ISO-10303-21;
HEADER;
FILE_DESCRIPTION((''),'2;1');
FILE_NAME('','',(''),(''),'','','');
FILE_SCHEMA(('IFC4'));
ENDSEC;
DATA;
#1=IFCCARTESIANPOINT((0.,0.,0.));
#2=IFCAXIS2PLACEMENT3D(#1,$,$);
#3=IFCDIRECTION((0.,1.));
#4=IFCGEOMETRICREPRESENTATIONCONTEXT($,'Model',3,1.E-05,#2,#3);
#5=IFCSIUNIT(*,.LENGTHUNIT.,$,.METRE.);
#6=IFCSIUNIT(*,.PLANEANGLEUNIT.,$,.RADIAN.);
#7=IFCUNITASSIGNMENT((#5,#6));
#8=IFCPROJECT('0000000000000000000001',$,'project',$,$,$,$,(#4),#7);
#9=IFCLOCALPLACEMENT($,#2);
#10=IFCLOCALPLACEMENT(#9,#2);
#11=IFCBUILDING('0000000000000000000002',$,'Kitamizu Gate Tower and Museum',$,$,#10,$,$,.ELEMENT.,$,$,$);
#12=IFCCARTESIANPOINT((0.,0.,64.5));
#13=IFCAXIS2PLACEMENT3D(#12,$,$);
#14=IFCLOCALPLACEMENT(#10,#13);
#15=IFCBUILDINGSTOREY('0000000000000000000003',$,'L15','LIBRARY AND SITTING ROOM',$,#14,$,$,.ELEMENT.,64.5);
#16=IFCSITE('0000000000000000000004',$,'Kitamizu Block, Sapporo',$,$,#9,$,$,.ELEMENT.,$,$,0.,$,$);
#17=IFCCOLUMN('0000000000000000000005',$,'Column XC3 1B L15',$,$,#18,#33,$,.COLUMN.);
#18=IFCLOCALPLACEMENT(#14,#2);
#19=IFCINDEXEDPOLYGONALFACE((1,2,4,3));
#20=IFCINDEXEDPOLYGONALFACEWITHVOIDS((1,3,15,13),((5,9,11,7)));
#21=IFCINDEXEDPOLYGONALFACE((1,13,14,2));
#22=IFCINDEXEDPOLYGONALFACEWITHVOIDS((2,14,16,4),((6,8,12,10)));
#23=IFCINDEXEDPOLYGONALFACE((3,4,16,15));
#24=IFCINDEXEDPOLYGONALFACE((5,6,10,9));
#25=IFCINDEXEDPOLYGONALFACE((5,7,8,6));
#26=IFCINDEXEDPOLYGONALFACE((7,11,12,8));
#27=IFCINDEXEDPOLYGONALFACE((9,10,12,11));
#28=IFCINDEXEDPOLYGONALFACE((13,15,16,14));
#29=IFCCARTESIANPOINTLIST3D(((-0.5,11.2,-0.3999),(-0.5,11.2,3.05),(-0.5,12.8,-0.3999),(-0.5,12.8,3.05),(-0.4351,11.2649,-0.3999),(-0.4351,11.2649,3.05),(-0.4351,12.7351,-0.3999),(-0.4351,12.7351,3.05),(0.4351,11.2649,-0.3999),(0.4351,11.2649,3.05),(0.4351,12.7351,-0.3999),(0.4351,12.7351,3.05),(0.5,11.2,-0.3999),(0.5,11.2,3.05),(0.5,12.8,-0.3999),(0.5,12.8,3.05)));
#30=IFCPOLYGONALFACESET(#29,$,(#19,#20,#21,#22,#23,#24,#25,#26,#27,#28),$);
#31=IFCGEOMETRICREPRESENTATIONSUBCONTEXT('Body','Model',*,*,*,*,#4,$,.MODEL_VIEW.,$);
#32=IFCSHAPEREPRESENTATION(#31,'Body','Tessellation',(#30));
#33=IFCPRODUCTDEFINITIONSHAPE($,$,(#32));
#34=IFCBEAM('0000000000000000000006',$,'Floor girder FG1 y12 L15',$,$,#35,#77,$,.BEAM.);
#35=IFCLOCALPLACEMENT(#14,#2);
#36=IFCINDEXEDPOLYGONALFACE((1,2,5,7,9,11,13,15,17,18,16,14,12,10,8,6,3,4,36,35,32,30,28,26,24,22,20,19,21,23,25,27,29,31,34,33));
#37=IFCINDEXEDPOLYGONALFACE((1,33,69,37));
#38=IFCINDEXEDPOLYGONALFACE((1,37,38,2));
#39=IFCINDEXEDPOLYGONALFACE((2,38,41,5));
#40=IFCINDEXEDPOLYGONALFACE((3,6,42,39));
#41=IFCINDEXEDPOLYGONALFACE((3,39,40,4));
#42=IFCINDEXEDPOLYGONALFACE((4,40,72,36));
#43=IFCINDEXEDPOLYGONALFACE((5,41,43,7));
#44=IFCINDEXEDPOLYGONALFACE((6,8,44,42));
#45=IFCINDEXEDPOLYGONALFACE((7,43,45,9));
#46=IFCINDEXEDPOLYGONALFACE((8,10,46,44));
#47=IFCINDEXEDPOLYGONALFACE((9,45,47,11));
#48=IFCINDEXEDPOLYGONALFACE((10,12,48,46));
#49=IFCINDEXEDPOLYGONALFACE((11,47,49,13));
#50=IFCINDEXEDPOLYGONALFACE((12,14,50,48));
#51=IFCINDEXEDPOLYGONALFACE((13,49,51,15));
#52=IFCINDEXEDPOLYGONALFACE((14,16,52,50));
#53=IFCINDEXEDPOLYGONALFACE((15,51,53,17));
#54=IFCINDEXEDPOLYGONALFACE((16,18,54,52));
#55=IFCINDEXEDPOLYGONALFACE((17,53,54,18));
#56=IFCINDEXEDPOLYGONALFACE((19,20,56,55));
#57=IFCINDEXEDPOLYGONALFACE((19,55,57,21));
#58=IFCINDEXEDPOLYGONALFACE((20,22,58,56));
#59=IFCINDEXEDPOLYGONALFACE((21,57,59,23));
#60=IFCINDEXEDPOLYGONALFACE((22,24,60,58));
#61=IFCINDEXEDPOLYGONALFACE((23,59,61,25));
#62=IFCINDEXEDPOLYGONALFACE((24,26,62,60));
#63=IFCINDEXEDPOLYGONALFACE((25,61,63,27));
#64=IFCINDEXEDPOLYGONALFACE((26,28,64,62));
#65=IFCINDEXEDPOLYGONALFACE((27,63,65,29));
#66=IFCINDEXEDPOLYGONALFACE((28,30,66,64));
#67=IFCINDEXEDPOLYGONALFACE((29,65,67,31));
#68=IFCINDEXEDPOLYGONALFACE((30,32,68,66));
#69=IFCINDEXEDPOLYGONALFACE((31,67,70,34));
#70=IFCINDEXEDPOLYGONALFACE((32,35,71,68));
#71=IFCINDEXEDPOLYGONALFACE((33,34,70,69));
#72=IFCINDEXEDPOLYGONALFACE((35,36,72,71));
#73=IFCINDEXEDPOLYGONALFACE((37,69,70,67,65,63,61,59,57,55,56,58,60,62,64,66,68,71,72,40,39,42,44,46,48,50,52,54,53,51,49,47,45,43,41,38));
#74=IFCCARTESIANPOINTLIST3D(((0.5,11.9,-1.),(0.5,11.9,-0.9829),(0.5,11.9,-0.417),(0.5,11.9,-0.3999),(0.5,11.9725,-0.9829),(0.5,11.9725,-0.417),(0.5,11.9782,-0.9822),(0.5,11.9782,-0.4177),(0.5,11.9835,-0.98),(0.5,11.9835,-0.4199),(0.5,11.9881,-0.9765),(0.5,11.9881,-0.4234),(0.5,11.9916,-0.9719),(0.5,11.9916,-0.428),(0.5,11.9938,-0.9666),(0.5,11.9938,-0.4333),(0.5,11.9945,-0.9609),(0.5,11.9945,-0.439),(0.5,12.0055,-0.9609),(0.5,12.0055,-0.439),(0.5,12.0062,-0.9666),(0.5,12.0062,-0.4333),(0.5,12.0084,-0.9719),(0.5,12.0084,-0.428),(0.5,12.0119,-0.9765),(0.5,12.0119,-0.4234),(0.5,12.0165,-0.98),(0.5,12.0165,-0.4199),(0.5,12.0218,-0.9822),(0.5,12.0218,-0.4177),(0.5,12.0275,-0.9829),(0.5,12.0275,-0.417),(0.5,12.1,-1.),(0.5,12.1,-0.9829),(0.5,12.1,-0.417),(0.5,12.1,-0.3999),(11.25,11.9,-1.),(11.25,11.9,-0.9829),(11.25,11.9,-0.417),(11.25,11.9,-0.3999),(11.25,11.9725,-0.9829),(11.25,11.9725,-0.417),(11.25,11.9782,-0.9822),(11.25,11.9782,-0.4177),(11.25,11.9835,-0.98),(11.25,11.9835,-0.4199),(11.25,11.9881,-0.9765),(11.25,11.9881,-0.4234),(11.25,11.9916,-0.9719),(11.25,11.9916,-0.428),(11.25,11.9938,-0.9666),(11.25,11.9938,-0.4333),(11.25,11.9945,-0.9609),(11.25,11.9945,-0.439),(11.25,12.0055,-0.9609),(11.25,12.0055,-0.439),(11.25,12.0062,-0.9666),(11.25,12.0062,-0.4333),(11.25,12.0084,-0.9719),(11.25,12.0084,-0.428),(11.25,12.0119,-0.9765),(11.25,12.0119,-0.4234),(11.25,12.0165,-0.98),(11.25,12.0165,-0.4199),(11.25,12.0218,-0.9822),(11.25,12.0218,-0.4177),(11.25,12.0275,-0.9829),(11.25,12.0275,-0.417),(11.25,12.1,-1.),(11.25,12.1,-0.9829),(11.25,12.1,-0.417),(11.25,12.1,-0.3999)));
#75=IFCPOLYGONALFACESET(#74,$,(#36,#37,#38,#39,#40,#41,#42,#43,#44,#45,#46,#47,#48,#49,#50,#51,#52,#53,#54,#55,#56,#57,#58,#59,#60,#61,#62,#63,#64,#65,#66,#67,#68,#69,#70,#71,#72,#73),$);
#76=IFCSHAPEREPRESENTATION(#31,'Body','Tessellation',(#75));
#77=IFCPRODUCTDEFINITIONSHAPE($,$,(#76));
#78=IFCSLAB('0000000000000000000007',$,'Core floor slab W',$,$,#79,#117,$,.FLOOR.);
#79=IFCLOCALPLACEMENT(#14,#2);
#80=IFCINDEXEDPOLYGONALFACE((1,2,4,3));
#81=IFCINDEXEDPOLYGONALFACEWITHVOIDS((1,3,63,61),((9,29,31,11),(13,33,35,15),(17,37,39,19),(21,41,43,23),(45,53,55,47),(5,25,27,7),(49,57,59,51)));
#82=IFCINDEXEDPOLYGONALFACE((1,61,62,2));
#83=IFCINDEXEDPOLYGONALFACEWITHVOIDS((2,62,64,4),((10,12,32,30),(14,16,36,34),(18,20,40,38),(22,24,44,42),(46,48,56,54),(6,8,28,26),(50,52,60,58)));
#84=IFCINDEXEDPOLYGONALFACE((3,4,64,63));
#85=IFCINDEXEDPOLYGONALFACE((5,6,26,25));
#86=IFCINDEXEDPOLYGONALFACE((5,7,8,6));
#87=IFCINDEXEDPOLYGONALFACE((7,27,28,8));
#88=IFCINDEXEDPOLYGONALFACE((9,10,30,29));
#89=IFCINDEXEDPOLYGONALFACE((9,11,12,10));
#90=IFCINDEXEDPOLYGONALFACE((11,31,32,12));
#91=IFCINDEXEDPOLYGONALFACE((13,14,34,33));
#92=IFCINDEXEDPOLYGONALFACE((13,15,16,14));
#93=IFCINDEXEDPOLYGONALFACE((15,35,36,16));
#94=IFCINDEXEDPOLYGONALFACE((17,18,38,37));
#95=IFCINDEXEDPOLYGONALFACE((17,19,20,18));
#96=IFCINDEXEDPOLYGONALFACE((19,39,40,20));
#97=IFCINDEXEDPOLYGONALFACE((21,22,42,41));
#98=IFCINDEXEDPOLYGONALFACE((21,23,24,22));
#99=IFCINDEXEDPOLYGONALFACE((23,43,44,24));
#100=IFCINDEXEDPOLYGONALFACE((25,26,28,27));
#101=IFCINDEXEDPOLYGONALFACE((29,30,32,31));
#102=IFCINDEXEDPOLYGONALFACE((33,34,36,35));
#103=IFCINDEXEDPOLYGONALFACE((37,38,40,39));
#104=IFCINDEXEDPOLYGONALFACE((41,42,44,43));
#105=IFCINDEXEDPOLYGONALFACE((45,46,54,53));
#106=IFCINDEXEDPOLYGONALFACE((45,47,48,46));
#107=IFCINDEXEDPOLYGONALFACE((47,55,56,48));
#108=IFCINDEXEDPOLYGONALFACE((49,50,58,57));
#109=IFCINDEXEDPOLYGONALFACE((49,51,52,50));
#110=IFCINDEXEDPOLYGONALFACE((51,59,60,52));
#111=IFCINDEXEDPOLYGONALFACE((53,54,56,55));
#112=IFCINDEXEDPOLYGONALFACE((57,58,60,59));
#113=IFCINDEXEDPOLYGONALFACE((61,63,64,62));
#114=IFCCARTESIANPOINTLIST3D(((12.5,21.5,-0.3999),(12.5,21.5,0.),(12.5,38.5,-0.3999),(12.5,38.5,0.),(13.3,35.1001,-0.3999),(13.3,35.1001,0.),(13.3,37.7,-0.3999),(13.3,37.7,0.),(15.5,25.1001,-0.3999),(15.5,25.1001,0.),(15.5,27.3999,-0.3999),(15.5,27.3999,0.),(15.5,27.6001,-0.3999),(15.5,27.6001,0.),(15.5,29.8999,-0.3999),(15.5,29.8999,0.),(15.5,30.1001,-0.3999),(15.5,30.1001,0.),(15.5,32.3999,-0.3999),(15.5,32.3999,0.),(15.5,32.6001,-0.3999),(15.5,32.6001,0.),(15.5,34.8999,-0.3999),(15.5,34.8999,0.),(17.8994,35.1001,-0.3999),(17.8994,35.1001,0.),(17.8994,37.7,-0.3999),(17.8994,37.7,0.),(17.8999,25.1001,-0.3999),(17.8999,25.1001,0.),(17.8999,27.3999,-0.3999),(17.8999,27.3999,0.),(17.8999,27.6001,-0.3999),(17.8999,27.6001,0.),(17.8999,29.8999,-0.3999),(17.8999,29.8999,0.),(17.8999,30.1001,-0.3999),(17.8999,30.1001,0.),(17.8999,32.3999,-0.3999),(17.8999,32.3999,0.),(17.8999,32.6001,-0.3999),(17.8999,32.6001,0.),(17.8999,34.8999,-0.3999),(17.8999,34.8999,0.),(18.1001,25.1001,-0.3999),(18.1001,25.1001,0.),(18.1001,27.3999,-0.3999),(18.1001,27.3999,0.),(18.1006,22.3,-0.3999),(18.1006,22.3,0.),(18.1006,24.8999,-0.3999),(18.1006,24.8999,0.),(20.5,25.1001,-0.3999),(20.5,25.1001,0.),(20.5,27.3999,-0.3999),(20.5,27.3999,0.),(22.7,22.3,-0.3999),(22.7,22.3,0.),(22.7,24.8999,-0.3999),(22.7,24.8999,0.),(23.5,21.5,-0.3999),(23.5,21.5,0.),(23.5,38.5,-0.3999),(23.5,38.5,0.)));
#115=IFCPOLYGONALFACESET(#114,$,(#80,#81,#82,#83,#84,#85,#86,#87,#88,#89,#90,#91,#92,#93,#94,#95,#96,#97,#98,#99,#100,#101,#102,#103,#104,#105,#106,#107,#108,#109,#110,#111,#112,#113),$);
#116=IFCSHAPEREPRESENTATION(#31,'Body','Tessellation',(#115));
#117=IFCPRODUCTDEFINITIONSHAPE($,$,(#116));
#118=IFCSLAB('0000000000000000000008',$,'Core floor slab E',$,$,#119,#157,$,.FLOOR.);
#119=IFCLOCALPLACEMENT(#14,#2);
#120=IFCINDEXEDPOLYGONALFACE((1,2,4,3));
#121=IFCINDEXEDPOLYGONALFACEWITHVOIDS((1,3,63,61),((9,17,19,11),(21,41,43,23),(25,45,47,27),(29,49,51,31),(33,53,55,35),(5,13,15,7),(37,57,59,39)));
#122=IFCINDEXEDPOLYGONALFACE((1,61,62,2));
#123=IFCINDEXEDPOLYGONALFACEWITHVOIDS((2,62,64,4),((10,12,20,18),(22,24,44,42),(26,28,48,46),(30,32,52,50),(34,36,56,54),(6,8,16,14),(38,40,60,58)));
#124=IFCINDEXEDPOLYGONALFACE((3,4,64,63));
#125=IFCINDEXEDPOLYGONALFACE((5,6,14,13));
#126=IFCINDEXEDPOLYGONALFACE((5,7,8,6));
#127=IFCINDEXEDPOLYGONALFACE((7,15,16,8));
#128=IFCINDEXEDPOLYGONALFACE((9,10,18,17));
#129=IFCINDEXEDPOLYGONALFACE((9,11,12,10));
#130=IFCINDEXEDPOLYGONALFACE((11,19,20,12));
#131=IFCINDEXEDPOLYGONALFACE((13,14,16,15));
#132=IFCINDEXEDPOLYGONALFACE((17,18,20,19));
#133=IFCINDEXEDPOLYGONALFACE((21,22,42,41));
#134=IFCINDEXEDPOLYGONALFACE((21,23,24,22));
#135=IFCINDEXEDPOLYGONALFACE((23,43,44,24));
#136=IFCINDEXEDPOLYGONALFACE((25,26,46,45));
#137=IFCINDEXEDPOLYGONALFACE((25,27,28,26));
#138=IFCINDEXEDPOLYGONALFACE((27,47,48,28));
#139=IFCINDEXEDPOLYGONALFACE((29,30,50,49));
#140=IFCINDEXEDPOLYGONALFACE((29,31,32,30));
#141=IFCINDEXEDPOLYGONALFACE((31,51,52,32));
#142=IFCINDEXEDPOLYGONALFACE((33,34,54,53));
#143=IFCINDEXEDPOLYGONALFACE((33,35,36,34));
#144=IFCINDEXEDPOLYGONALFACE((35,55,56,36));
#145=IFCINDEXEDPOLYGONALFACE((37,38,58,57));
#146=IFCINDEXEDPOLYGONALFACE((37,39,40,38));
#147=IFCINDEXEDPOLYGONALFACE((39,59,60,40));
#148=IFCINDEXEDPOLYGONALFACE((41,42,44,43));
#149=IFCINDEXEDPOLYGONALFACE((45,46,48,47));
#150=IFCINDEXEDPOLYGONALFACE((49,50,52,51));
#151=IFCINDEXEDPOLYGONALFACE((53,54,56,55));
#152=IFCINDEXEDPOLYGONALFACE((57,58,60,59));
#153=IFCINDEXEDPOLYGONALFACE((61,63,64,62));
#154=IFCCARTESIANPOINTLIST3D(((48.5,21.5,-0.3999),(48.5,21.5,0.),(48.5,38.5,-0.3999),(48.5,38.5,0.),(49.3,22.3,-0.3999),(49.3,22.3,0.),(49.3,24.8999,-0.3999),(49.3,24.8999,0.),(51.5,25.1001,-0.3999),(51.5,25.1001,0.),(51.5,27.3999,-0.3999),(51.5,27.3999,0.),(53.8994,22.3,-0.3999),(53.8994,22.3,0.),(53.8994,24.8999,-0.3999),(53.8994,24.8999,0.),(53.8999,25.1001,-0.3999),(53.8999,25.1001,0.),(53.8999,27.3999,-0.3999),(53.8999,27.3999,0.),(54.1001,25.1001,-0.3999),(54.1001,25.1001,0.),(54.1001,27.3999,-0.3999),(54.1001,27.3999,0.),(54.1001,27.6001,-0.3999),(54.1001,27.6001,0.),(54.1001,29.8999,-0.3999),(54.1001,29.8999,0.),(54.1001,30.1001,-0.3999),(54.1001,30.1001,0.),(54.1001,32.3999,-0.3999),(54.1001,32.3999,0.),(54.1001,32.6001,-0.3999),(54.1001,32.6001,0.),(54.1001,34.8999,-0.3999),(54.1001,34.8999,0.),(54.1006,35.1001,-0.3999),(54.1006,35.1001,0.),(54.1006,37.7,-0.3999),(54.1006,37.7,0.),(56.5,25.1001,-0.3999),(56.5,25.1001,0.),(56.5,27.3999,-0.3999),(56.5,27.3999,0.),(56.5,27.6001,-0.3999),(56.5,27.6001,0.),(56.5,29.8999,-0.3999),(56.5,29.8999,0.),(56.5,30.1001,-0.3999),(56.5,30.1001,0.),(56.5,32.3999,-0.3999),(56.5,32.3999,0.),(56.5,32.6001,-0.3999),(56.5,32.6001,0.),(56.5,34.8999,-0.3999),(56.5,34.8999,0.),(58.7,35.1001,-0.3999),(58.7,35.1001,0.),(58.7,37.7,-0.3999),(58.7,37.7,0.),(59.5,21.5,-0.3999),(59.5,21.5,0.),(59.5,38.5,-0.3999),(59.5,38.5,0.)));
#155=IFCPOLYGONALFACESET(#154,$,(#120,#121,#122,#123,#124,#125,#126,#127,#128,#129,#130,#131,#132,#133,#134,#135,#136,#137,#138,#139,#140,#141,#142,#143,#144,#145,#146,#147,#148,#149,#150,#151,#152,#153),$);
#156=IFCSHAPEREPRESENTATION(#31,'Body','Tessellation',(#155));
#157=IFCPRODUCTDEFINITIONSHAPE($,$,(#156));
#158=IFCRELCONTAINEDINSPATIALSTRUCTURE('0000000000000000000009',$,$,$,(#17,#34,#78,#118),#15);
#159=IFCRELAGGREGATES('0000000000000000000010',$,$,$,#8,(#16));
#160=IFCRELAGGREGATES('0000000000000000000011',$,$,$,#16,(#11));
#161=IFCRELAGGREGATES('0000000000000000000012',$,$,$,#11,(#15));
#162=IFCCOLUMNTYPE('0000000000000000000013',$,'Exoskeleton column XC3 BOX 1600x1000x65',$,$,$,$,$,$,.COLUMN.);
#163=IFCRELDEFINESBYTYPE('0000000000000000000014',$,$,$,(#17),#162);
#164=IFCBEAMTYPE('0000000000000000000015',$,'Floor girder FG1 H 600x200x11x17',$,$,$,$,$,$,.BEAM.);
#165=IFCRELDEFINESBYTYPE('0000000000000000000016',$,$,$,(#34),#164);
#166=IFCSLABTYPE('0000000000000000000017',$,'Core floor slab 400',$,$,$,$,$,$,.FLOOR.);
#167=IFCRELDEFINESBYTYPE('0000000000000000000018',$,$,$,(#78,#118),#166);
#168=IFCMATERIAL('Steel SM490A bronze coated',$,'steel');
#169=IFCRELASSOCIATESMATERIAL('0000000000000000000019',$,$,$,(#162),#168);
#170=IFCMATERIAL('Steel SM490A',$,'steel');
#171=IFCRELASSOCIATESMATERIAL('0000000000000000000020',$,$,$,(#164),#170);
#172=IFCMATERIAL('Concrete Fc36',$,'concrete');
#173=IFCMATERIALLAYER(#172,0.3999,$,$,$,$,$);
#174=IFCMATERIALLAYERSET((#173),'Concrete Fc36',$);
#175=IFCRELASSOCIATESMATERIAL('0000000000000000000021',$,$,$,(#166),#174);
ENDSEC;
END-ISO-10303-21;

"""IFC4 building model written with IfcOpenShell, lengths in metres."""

from ifc_helpers import new_model, si_unit, direction, frame, origin, origin_2d, place, context, subcontext, project, spatial, polyline, hollow_rectangle, i_section, outline, extrude, material, layer, layer_set, material_profile, profile_set, type_object, element, save


model = new_model("IFC4")

# Units and contexts
model_context = context("Model", 3, precision=1e-05, world=origin(), true_north=direction((0.0, 1.0)))
body_context = subcontext(model_context, "Body", "Model", "MODEL_VIEW")
ifc_project = project(units=[si_unit("LENGTHUNIT", "METRE"), si_unit("PLANEANGLEUNIT", "RADIAN")], contexts=[model_context])

# Site, building, storey
site_placement = place(None, origin())
site = spatial("IfcSite", under=ifc_project, at=site_placement, Name="Kitamizu Block, Sapporo", CompositionType="ELEMENT", RefElevation=0.0)
building_placement = place(site_placement, origin())
building = spatial("IfcBuilding", under=site, at=building_placement, Name="Kitamizu Gate Tower and Museum", CompositionType="ELEMENT")
storey_placement = place(building_placement, frame((0.0, 0.0, 64.5)))
storey = spatial("IfcBuildingStorey", under=building, at=storey_placement, Name="L15", Description="LIBRARY AND SITTING ROOM", CompositionType="ELEMENT", Elevation=64.5)

# Column
ifc_material_1 = material(Name="Steel SM490A bronze coated", Category="steel")
ifc_material_profile_1 = material_profile(ifc_material_1, hollow_rectangle(XDim=1.6001, YDim=1.0, WallThickness=0.0649, at=origin_2d()), Name="BOX 1600x1000x65")
ifc_profile_set_1 = profile_set([ifc_material_profile_1], Name="Steel SM490A bronze coated")
column_type = type_object("IfcColumnType", Name="Exoskeleton column XC3 BOX 1600x1000x65", PredefinedType="COLUMN", material=ifc_profile_set_1)
column_placement = place(storey_placement, frame((0.0, 12.0, -0.3999), z_axis=(0.0, 0.0, 1.0), x_axis=(0.0, 1.0, 0.0)))
element("IfcColumn", 1, at=column_placement, inside=storey, type_object=column_type, Name="Column XC3 1B L15", PredefinedType="COLUMN", context=body_context, shape_type="SweptSolid", body=[
    extrude(hollow_rectangle(XDim=1.6001, YDim=1.0, WallThickness=0.0649, at=origin_2d()), origin(), (0.0, 0.0, 1.0), 3.45),
])

# Beam
ifc_material_2 = material(Name="Steel SM490A", Category="steel")
ifc_material_profile_2 = material_profile(ifc_material_2, i_section(OverallWidth=0.2, OverallDepth=0.6001, WebThickness=0.011, FlangeThickness=0.0171, FilletRadius=0.022, at=origin_2d()), Name="H-600x200x11x17")
ifc_profile_set_2 = profile_set([ifc_material_profile_2], Name="Steel SM490A")
beam_type = type_object("IfcBeamType", Name="Floor girder FG1 H 600x200x11x17", PredefinedType="BEAM", material=ifc_profile_set_2)
beam_placement = place(storey_placement, frame((0.5, 12.0, -0.7), z_axis=(1.0, 0.0, 0.0), x_axis=(0.0, 1.0, 0.0)))
element("IfcBeam", 2, at=beam_placement, inside=storey, type_object=beam_type, Name="Floor girder FG1 y12 L15", PredefinedType="BEAM", context=body_context, shape_type="SweptSolid", body=[
    extrude(i_section(OverallWidth=0.2, OverallDepth=0.6001, WebThickness=0.011, FlangeThickness=0.0171, FilletRadius=0.022, at=origin_2d()), origin(), (0.0, 0.0, 1.0), 10.75),
])

# Slabs
ifc_material_3 = material(Name="Concrete Fc36", Category="concrete")
ifc_layer_1 = layer(ifc_material_3, 0.3999)
ifc_layer_set_1 = layer_set([ifc_layer_1], Name="Concrete Fc36")
slab_type_1 = type_object("IfcSlabType", Name="Core floor slab 400", PredefinedType="FLOOR", material=ifc_layer_set_1)
slab_1_placement = place(storey_placement, frame((0.0, 0.0, -0.3999)))
element("IfcSlab", 3, at=slab_1_placement, inside=storey, type_object=slab_type_1, Name="Core floor slab W", PredefinedType="FLOOR", context=body_context, shape_type="SweptSolid", body=[
    extrude(outline(polyline([(12.5, 21.5), (23.5, 21.5), (23.5, 38.5), (12.5, 38.5), (12.5, 21.5)]), holes=[polyline([(15.5, 25.1001), (17.8999, 25.1001), (17.8999, 27.3999), (15.5, 27.3999), (15.5, 25.1001)]), polyline([(15.5, 27.6001), (17.8999, 27.6001), (17.8999, 29.8999), (15.5, 29.8999), (15.5, 27.6001)]), polyline([(15.5, 30.1001), (17.8999, 30.1001), (17.8999, 32.3999), (15.5, 32.3999), (15.5, 30.1001)]), polyline([(15.5, 32.6001), (17.8999, 32.6001), (17.8999, 34.8999), (15.5, 34.8999), (15.5, 32.6001)]), polyline([(18.1001, 25.1001), (20.5, 25.1001), (20.5, 27.3999), (18.1001, 27.3999), (18.1001, 25.1001)]), polyline([(18.1006, 22.3), (22.7, 22.3), (22.7, 24.8999), (18.1006, 24.8999), (18.1006, 22.3)]), polyline([(13.3, 35.1001), (17.8994, 35.1001), (17.8994, 37.7), (13.3, 37.7), (13.3, 35.1001)])]), origin(), (0.0, 0.0, 1.0), 0.3999),
])
slab_2_placement = place(storey_placement, frame((0.0, 0.0, -0.3999)))
element("IfcSlab", 4, at=slab_2_placement, inside=storey, type_object=slab_type_1, Name="Core floor slab E", PredefinedType="FLOOR", context=body_context, shape_type="SweptSolid", body=[
    extrude(outline(polyline([(48.5, 21.5), (59.5, 21.5), (59.5, 38.5), (48.5, 38.5), (48.5, 21.5)]), holes=[polyline([(54.1001, 25.1001), (56.5, 25.1001), (56.5, 27.3999), (54.1001, 27.3999), (54.1001, 25.1001)]), polyline([(54.1001, 27.6001), (56.5, 27.6001), (56.5, 29.8999), (54.1001, 29.8999), (54.1001, 27.6001)]), polyline([(54.1001, 30.1001), (56.5, 30.1001), (56.5, 32.3999), (54.1001, 32.3999), (54.1001, 30.1001)]), polyline([(54.1001, 32.6001), (56.5, 32.6001), (56.5, 34.8999), (54.1001, 34.8999), (54.1001, 32.6001)]), polyline([(51.5, 25.1001), (53.8999, 25.1001), (53.8999, 27.3999), (51.5, 27.3999), (51.5, 25.1001)]), polyline([(49.3, 22.3), (53.8994, 22.3), (53.8994, 24.8999), (49.3, 24.8999), (49.3, 22.3)]), polyline([(54.1006, 35.1001), (58.7, 35.1001), (58.7, 37.7), (54.1006, 37.7), (54.1006, 35.1001)])]), origin(), (0.0, 0.0, 1.0), 0.3999),
])

save(model, "model.ifc")
